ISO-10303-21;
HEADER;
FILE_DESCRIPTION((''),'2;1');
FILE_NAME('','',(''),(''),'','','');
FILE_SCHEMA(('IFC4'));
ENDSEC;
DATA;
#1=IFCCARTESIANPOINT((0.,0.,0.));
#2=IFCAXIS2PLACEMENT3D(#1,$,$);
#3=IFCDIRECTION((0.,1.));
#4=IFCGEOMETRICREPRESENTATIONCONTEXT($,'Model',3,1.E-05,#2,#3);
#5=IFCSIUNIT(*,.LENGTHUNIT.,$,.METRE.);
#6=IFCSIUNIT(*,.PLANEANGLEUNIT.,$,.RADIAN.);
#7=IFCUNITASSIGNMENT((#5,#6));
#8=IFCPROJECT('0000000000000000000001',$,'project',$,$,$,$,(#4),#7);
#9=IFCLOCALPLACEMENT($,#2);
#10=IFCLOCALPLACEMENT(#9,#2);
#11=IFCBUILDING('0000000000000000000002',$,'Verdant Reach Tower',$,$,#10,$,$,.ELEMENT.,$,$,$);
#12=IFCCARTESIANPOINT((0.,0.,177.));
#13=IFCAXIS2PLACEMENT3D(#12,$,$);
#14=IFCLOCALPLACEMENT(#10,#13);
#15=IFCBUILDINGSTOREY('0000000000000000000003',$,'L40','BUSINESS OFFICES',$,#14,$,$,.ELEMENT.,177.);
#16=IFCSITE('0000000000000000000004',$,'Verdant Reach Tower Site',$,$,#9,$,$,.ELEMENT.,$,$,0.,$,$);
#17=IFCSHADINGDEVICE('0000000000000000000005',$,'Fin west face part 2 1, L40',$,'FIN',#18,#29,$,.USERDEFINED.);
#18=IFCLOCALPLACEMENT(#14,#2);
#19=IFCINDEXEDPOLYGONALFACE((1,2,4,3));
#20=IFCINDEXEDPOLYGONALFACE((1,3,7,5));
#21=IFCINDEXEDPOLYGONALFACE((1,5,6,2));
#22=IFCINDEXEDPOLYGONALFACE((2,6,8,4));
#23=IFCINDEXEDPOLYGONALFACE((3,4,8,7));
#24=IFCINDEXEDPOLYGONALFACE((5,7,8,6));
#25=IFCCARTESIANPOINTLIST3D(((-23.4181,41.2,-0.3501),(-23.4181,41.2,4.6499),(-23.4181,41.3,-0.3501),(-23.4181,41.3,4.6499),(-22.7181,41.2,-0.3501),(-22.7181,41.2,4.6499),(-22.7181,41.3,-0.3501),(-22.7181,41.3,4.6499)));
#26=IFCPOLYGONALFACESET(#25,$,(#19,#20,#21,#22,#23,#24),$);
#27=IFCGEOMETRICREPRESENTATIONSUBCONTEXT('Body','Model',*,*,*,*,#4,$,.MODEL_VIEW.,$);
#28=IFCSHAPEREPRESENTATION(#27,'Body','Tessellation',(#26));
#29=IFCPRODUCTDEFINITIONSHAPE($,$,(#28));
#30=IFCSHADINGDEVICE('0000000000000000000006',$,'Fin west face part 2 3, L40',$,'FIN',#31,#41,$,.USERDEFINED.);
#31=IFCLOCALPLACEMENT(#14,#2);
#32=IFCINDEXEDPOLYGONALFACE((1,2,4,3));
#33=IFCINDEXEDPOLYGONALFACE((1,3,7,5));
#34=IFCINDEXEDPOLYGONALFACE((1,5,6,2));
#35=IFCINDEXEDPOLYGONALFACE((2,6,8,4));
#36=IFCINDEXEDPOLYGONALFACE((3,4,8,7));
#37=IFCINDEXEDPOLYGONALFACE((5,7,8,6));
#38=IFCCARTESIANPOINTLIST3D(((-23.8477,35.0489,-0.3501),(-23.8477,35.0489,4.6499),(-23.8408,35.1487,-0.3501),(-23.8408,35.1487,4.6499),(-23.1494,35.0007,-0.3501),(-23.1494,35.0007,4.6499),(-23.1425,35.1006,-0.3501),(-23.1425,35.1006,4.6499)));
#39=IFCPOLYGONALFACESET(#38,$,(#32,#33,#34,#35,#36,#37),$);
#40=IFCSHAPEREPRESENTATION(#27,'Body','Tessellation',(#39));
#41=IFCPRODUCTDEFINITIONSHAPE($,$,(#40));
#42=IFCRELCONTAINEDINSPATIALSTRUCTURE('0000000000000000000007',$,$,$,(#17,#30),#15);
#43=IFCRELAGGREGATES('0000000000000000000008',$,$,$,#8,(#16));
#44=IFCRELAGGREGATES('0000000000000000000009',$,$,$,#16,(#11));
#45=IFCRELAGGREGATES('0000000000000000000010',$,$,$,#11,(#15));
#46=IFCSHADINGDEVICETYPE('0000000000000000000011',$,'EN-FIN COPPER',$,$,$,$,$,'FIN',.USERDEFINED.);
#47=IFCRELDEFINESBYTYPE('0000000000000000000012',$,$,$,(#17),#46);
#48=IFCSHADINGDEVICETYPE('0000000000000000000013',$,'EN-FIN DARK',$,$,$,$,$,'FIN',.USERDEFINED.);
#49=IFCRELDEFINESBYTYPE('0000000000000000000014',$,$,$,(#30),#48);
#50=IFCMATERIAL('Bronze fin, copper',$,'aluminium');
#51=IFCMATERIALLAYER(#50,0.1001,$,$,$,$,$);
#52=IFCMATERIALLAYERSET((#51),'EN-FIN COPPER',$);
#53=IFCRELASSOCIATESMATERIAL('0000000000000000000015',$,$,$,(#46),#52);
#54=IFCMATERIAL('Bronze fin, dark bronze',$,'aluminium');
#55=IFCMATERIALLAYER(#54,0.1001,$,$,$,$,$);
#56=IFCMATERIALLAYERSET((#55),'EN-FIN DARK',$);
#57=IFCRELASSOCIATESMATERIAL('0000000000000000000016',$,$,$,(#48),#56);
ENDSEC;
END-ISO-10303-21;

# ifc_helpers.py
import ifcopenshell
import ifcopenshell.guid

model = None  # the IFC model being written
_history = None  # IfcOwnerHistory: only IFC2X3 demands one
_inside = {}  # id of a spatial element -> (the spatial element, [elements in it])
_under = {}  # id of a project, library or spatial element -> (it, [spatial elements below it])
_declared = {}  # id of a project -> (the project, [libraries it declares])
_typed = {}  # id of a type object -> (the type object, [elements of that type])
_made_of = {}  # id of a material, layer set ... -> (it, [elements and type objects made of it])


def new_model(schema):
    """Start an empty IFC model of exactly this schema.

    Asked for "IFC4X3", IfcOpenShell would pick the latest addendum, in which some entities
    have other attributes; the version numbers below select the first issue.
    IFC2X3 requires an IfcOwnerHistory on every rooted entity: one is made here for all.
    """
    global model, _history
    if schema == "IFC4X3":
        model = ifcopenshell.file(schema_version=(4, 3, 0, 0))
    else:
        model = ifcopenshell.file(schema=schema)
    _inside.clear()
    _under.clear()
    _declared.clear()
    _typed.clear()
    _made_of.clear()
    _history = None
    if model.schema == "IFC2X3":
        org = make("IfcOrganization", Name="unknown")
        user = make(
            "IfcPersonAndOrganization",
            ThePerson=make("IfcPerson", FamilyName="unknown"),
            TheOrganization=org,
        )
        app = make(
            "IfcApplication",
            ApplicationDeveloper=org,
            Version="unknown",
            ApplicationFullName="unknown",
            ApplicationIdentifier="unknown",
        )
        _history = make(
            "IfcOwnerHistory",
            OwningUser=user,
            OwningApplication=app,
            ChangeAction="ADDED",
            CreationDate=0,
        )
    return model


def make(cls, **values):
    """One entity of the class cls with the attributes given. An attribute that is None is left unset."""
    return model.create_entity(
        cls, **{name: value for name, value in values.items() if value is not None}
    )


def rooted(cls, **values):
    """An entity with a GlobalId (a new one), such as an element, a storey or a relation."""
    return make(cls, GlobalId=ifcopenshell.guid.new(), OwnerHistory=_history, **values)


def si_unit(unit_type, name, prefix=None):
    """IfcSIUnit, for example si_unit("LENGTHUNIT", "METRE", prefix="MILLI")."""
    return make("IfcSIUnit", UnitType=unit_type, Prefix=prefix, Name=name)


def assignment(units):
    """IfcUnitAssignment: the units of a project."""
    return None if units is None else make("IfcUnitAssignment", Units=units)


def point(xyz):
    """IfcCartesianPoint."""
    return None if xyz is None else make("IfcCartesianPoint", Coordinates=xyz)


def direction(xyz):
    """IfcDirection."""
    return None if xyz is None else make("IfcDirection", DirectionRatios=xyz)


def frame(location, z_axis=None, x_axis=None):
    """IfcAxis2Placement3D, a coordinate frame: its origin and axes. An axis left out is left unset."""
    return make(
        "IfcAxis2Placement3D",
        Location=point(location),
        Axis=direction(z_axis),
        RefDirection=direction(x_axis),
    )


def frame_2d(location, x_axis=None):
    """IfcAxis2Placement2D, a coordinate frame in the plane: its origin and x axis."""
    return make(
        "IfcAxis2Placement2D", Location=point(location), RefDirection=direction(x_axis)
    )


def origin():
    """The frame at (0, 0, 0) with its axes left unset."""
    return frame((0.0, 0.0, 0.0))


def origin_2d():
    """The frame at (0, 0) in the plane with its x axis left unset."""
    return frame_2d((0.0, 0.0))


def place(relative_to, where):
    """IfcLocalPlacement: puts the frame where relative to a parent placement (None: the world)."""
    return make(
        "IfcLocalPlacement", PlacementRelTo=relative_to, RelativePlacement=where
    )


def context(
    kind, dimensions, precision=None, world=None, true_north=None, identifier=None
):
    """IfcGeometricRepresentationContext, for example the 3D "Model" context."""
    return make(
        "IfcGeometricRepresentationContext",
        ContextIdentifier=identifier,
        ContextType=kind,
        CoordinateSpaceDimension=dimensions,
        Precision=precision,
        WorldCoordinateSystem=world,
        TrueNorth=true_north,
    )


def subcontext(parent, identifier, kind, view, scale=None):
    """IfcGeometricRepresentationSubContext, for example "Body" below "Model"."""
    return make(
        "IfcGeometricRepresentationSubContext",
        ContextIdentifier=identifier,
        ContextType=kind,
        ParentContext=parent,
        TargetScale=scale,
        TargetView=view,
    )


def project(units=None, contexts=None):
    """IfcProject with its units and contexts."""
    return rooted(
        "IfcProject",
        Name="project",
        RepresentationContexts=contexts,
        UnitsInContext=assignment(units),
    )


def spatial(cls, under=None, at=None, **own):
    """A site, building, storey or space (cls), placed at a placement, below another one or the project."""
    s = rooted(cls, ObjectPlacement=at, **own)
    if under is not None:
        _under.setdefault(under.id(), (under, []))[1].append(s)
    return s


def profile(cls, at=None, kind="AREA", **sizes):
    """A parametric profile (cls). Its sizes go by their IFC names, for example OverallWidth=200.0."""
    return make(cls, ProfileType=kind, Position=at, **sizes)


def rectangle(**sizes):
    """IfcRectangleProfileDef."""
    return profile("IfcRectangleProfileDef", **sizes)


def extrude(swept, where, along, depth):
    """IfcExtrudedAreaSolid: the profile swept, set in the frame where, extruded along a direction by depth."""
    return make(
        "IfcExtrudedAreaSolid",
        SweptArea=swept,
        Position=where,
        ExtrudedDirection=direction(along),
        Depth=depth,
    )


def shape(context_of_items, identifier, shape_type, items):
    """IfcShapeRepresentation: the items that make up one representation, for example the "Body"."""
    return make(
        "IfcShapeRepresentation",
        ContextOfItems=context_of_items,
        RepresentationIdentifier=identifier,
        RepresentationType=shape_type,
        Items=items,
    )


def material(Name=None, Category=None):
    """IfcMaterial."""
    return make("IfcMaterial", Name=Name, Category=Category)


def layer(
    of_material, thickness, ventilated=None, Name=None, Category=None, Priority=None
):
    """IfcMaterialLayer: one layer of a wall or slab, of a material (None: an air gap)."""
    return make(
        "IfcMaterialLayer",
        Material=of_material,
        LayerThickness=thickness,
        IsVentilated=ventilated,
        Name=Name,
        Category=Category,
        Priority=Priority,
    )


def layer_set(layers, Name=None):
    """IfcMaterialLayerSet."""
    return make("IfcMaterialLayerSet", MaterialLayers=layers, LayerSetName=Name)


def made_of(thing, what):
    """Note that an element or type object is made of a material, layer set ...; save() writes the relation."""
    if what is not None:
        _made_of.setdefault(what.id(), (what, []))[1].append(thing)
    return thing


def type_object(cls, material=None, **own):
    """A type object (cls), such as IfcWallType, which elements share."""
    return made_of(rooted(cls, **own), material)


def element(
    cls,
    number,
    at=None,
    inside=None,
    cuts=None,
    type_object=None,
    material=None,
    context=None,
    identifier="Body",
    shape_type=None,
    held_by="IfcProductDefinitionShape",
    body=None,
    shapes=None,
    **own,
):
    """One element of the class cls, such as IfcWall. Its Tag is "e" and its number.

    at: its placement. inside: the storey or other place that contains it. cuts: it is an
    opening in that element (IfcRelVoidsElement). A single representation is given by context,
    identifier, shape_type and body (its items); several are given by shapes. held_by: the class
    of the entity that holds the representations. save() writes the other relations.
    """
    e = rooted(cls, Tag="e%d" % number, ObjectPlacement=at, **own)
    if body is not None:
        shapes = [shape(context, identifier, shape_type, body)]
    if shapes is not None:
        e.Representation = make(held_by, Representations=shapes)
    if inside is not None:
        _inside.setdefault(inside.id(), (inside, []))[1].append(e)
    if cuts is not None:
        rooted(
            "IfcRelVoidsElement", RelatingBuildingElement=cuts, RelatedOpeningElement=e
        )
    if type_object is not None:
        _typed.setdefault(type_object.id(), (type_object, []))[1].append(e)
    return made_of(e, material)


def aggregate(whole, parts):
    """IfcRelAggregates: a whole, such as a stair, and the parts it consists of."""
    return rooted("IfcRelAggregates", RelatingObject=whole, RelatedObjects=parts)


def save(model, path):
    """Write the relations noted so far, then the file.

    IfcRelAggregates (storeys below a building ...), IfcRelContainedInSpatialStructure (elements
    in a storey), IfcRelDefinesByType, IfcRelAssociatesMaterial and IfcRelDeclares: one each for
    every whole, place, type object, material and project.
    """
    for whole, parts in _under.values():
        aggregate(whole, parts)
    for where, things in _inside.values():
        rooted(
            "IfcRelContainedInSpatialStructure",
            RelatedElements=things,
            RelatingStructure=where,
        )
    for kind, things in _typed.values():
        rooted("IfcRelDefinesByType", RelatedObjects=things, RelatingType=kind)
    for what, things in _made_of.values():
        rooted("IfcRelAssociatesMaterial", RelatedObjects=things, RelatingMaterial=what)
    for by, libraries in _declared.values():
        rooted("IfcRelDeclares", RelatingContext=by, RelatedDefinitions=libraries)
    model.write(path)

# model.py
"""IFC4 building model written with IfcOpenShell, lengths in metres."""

from ifc_helpers import new_model, si_unit, direction, frame, origin, origin_2d, place, context, subcontext, project, spatial, rectangle, extrude, material, layer, layer_set, type_object, element, save


model = new_model("IFC4")

# Units and contexts
model_context = context("Model", 3, precision=1e-05, world=origin(), true_north=direction((0.0, 1.0)))
body_context = subcontext(model_context, "Body", "Model", "MODEL_VIEW")
ifc_project = project(units=[si_unit("LENGTHUNIT", "METRE"), si_unit("PLANEANGLEUNIT", "RADIAN")], contexts=[model_context])

# Site, building, storey
site_placement = place(None, origin())
site = spatial("IfcSite", under=ifc_project, at=site_placement, Name="Verdant Reach Tower Site", CompositionType="ELEMENT", RefElevation=0.0)
building_placement = place(site_placement, origin())
building = spatial("IfcBuilding", under=site, at=building_placement, Name="Verdant Reach Tower", CompositionType="ELEMENT")
storey_placement = place(building_placement, frame((0.0, 0.0, 177.0)))
storey = spatial("IfcBuildingStorey", under=building, at=storey_placement, Name="L40", Description="BUSINESS OFFICES", CompositionType="ELEMENT", Elevation=177.0)

# Shading devices
ifc_material_1 = material(Name="Bronze fin, copper", Category="aluminium")
ifc_layer_1 = layer(ifc_material_1, 0.1001)
ifc_layer_set_1 = layer_set([ifc_layer_1], Name="EN-FIN COPPER")
shading_device_type_1 = type_object("IfcShadingDeviceType", Name="EN-FIN COPPER", ElementType="FIN", PredefinedType="USERDEFINED", material=ifc_layer_set_1)
for number, where, z_axis, x_axis, name in (
    (1, (-23.0681, 41.25, -0.3501), (0.0, 0.0, 1.0), (0.0, -1.0, 0.0), "Fin west face part 2 1, L40"),
):
    element("IfcShadingDevice", number, at=place(storey_placement, frame(where, z_axis=z_axis, x_axis=x_axis)), inside=storey, type_object=shading_device_type_1, Name=name, ObjectType="FIN", PredefinedType="USERDEFINED", context=body_context, shape_type="SweptSolid", body=[
        extrude(rectangle(XDim=0.1001, YDim=0.7, at=origin_2d()), origin(), (0.0, 0.0, 1.0), 5.0),
    ])
ifc_material_2 = material(Name="Bronze fin, dark bronze", Category="aluminium")
ifc_layer_2 = layer(ifc_material_2, 0.1001)
ifc_layer_set_2 = layer_set([ifc_layer_2], Name="EN-FIN DARK")
shading_device_type_2 = type_object("IfcShadingDeviceType", Name="EN-FIN DARK", ElementType="FIN", PredefinedType="USERDEFINED", material=ifc_layer_set_2)
shading_device_placement = place(storey_placement, frame((-23.4951, 35.0747, -0.3501), z_axis=(0.0, 0.0, 1.0), x_axis=(-0.068802, -0.99763, 0.0)))
element("IfcShadingDevice", 2, at=shading_device_placement, inside=storey, type_object=shading_device_type_2, Name="Fin west face part 2 3, L40", ObjectType="FIN", PredefinedType="USERDEFINED", context=body_context, shape_type="SweptSolid", body=[
    extrude(rectangle(XDim=0.1001, YDim=0.7, at=origin_2d()), origin(), (0.0, 0.0, 1.0), 5.0),
])

save(model, "model.ifc")
